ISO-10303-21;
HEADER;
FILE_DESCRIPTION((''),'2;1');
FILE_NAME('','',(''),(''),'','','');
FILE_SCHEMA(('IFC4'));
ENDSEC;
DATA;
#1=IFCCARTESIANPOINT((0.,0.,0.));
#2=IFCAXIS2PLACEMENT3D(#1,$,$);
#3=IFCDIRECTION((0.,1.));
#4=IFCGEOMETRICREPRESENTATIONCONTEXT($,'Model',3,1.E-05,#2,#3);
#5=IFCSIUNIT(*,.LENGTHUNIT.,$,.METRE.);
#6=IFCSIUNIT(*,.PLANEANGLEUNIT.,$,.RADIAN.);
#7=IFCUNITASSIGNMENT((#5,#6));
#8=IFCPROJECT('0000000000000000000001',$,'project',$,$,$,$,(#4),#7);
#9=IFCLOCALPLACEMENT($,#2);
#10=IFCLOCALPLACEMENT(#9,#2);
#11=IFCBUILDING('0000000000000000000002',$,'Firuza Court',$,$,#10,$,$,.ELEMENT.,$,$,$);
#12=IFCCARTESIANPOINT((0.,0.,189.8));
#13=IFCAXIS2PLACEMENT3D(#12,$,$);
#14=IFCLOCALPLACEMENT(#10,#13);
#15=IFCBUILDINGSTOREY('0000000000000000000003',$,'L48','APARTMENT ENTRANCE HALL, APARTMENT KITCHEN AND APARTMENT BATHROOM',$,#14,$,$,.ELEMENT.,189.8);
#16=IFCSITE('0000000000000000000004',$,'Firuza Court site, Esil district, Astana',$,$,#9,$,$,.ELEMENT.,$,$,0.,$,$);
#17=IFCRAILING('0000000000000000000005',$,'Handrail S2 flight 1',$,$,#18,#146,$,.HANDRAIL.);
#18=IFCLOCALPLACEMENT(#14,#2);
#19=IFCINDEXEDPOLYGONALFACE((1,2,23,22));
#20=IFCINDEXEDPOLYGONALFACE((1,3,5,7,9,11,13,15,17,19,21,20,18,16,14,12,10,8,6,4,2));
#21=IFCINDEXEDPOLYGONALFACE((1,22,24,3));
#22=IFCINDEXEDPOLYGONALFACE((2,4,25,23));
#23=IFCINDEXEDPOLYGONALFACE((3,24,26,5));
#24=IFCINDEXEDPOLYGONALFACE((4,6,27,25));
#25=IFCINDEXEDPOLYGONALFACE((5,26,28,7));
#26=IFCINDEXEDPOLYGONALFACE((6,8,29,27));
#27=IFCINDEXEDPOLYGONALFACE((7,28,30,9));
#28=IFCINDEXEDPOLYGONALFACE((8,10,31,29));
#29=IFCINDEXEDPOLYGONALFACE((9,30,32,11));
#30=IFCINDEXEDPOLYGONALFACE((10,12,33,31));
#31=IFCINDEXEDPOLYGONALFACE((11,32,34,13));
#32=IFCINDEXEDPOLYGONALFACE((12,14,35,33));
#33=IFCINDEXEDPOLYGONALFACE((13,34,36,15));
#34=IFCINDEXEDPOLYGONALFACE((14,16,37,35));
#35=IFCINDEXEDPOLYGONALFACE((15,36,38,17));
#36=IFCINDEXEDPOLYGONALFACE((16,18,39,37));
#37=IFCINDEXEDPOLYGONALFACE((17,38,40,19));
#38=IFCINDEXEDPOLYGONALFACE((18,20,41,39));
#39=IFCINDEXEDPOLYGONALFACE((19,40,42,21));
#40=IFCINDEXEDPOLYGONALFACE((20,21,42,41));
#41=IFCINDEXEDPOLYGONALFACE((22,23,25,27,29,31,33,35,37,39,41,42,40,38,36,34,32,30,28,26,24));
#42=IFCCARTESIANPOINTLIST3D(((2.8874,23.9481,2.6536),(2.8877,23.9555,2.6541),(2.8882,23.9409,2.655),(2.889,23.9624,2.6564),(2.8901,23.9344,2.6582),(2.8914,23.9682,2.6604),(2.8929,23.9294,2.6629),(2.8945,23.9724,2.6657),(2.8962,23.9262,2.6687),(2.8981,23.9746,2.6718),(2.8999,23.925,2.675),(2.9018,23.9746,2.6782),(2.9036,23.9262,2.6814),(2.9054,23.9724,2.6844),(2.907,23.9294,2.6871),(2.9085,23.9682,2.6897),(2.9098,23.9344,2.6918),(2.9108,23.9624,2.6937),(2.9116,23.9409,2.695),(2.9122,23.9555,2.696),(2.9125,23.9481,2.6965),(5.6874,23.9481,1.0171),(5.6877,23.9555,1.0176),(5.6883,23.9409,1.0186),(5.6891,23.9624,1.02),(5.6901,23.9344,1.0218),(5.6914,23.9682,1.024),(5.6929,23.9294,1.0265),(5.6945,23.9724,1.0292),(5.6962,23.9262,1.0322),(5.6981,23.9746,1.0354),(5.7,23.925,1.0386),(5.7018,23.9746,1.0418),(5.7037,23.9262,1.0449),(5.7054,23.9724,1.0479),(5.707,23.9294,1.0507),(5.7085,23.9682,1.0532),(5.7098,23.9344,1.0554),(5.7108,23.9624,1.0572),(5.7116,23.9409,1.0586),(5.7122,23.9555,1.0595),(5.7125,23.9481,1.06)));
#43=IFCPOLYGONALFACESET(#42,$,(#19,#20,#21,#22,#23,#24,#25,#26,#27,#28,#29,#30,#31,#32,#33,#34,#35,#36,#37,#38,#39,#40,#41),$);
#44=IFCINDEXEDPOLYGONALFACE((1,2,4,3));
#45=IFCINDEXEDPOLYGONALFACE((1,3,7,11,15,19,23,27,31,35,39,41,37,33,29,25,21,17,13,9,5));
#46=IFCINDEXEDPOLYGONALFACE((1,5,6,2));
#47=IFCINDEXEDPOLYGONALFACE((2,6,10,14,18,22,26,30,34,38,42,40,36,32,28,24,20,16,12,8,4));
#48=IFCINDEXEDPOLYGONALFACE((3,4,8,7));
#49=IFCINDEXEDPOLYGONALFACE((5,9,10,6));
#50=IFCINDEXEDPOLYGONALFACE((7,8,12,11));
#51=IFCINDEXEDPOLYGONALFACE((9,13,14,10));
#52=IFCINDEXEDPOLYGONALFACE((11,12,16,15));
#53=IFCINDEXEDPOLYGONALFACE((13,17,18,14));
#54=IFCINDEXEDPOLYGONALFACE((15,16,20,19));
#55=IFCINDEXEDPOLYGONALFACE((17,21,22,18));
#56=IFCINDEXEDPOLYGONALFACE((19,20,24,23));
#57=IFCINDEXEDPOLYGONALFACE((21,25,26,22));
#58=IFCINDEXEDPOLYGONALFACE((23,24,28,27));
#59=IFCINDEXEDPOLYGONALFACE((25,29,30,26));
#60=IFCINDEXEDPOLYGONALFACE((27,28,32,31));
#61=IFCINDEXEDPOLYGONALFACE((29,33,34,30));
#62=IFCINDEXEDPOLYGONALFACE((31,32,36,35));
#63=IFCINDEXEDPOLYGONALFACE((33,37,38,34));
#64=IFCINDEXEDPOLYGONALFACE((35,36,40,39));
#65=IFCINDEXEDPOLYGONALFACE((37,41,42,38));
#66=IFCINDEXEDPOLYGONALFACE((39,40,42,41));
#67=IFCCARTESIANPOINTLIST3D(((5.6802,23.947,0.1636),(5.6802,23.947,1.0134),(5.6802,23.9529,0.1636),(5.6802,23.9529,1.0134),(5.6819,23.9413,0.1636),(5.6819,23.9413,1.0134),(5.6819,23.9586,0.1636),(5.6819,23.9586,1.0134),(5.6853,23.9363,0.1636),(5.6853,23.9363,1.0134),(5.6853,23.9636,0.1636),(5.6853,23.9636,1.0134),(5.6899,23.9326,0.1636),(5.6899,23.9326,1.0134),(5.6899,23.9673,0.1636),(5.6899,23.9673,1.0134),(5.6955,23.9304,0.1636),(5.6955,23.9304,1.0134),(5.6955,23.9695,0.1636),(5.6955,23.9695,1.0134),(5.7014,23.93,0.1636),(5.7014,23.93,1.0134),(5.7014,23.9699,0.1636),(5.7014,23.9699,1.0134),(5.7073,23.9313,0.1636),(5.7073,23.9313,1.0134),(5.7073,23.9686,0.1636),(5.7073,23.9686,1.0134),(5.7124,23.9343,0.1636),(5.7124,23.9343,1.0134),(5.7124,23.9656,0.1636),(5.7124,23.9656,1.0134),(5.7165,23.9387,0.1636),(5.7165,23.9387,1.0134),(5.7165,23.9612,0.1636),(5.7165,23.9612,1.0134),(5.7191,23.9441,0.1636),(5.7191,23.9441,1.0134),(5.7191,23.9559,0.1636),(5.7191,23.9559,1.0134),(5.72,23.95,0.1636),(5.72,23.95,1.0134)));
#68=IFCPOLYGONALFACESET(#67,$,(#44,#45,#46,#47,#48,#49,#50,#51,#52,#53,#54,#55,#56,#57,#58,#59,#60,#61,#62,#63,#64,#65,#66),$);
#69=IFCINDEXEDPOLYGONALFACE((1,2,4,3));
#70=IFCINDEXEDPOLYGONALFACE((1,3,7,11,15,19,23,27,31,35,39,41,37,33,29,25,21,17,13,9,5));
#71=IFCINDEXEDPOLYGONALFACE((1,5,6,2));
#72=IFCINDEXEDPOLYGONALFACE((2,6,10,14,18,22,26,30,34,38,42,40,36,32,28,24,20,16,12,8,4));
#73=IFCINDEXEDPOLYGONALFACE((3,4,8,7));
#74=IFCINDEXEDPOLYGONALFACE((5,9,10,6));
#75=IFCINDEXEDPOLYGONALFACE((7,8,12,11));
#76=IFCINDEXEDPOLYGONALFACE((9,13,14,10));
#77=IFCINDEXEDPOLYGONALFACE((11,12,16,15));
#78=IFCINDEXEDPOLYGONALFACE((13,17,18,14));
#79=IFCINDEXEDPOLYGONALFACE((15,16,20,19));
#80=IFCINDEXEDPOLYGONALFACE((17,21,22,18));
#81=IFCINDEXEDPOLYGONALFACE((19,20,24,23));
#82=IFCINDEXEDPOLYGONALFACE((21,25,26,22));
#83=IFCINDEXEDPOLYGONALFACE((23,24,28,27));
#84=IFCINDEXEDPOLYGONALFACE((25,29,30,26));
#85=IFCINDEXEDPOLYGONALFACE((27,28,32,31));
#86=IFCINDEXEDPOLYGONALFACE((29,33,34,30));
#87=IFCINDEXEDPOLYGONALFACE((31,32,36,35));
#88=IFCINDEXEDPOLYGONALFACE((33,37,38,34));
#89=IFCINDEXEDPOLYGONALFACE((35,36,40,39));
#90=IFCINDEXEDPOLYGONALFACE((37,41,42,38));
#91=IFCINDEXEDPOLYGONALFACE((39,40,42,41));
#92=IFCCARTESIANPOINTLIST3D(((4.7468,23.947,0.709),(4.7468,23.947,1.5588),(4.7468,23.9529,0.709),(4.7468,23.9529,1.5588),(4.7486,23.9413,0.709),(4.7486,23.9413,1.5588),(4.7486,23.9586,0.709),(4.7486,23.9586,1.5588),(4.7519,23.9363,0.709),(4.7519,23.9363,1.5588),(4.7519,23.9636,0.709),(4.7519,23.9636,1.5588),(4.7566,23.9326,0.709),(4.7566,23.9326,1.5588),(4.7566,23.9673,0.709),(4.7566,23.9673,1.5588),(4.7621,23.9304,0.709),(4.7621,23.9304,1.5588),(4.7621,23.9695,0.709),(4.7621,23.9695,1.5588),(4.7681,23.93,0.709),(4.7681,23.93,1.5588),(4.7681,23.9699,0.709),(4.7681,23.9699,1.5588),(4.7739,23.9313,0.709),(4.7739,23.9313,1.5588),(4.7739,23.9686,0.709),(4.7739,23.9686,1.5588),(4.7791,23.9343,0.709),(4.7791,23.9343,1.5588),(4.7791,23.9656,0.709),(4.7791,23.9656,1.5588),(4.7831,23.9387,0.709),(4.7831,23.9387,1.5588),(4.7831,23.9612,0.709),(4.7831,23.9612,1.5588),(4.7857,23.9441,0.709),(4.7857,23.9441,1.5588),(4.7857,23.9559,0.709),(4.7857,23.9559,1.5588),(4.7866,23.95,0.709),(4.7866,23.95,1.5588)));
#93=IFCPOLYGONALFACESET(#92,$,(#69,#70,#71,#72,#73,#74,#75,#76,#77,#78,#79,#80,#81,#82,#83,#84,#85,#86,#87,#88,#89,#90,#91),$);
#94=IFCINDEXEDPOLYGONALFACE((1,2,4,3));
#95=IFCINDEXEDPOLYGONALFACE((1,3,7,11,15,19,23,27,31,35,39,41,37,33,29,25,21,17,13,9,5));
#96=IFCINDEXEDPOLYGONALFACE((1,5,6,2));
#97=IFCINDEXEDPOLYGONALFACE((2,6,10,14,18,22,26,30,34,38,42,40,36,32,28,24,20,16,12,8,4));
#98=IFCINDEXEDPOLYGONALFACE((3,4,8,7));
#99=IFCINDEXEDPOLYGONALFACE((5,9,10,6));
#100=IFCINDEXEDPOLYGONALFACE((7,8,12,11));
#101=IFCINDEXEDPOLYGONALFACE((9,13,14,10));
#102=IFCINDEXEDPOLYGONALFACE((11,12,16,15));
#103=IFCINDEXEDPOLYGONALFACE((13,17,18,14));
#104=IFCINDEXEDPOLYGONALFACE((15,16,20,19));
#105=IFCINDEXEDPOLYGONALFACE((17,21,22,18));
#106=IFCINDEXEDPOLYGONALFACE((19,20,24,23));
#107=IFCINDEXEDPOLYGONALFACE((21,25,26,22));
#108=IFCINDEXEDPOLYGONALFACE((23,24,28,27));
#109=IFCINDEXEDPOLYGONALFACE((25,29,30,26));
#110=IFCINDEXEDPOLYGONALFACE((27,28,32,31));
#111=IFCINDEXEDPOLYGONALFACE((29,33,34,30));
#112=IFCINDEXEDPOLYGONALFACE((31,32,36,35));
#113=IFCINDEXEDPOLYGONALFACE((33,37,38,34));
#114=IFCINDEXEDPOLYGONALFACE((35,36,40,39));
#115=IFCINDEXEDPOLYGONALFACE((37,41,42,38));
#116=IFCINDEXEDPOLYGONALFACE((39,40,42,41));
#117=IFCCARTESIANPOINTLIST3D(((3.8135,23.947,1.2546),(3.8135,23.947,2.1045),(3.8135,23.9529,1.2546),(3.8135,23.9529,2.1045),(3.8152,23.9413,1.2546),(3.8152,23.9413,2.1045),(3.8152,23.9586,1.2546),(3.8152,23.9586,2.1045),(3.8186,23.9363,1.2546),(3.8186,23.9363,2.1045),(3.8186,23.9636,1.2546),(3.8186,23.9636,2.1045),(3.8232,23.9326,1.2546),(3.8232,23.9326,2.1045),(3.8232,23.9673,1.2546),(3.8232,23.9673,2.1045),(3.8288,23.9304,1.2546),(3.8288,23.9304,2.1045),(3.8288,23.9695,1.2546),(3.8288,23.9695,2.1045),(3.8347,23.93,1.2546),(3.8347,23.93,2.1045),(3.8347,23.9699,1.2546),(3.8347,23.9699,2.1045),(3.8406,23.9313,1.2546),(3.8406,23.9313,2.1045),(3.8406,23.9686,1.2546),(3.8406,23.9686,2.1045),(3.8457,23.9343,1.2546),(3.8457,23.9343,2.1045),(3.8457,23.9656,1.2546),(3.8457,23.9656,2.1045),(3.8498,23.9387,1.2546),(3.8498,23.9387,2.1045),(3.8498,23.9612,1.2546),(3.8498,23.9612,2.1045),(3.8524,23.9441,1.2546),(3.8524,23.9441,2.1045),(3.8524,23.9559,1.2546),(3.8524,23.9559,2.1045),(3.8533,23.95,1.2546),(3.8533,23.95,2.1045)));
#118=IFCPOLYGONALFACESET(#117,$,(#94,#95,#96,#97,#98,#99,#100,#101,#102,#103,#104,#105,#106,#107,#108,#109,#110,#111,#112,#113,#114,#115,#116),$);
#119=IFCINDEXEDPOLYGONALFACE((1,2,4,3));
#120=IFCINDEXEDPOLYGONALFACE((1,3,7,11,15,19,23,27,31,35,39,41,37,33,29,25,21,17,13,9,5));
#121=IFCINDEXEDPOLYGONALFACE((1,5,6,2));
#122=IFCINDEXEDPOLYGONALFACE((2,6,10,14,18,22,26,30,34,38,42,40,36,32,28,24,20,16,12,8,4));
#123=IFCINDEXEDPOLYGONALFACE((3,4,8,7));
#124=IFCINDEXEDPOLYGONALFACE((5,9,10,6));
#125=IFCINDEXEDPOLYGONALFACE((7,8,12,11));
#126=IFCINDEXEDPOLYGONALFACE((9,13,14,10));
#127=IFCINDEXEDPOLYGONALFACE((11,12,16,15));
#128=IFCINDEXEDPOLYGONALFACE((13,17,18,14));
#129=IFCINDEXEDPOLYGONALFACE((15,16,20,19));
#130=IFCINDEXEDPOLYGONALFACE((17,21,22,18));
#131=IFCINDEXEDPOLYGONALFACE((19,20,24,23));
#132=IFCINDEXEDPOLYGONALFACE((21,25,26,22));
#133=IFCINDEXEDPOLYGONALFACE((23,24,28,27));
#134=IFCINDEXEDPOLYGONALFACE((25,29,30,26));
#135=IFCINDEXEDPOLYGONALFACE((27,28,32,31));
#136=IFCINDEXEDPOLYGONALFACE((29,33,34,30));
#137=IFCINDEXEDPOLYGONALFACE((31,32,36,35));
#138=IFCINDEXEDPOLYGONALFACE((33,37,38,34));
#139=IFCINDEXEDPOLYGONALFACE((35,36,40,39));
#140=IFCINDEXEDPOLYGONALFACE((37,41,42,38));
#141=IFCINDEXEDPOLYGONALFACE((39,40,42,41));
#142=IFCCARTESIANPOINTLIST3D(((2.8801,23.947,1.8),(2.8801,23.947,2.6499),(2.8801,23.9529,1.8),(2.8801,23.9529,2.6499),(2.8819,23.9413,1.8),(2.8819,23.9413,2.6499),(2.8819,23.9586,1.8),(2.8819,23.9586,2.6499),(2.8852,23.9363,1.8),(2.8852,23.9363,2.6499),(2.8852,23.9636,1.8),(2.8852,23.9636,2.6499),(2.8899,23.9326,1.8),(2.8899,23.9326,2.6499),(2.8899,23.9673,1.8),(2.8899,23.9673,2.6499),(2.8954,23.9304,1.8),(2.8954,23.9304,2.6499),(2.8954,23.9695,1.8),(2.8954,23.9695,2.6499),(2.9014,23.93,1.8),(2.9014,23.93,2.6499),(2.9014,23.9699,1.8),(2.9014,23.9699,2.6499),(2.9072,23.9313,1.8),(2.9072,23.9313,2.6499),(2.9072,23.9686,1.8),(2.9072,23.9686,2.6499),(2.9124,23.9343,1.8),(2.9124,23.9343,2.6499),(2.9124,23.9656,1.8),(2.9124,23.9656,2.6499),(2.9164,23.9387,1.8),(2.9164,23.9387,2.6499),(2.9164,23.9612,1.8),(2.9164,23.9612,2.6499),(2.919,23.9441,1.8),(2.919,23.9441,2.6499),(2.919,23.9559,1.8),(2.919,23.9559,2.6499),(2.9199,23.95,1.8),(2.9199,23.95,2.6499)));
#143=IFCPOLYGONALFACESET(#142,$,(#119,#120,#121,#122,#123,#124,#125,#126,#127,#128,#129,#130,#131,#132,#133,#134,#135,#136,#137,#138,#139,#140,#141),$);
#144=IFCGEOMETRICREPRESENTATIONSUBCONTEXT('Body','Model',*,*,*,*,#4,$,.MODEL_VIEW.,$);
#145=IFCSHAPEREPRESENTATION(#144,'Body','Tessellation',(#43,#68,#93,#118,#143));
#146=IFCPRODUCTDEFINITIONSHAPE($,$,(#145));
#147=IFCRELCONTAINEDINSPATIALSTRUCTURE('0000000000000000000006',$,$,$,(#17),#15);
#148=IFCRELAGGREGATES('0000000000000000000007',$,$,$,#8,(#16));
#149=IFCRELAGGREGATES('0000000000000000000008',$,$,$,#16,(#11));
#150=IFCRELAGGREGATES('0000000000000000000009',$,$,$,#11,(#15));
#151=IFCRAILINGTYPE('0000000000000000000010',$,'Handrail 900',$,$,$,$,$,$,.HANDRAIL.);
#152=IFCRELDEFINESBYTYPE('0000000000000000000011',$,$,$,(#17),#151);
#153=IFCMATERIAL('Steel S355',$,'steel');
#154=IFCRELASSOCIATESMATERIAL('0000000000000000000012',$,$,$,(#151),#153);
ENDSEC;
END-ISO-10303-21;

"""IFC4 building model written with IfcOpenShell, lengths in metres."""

from ifc_helpers import new_model, si_unit, direction, frame, origin, origin_2d, place, context, subcontext, project, spatial, circle, extrude, material, type_object, element, save


model = new_model("IFC4")

# Units and contexts
model_context = context("Model", 3, precision=1e-05, world=origin(), true_north=direction((0.0, 1.0)))
body_context = subcontext(model_context, "Body", "Model", "MODEL_VIEW")
ifc_project = project(units=[si_unit("LENGTHUNIT", "METRE"), si_unit("PLANEANGLEUNIT", "RADIAN")], contexts=[model_context])

# Site, building, storey
site_placement = place(None, origin())
site = spatial("IfcSite", under=ifc_project, at=site_placement, Name="Firuza Court site, Esil district, Astana", CompositionType="ELEMENT", RefElevation=0.0)
building_placement = place(site_placement, origin())
building = spatial("IfcBuilding", under=site, at=building_placement, Name="Firuza Court", CompositionType="ELEMENT")
storey_placement = place(building_placement, frame((0.0, 0.0, 189.8)))
storey = spatial("IfcBuildingStorey", under=building, at=storey_placement, Name="L48", Description="APARTMENT ENTRANCE HALL, APARTMENT KITCHEN AND APARTMENT BATHROOM", CompositionType="ELEMENT", Elevation=189.8)

# Railing
ifc_material_1 = material(Name="Steel S355", Category="steel")
railing_type_1 = type_object("IfcRailingType", Name="Handrail 900", PredefinedType="HANDRAIL", material=ifc_material_1)
railing_1_placement = place(storey_placement, frame((5.7, 23.95, 0.1636)))
element("IfcRailing", 1, at=railing_1_placement, inside=storey, type_object=railing_type_1, Name="Handrail S2 flight 1", PredefinedType="HANDRAIL", context=body_context, shape_type="SweptSolid", body=[
    extrude(circle(Radius=0.0249, at=origin_2d()), frame((0.0, 0.0, 0.875), z_axis=(-0.863361, 0.0, 0.504587), x_axis=(0.0, -1.0, 0.0)), (0.0, 0.0, 1.0), 3.2432),
    extrude(circle(Radius=0.02, at=origin_2d()), origin(), (0.0, 0.0, 1.0), 0.8499),
    extrude(circle(Radius=0.02, at=origin_2d()), frame((-0.9333, 0.0, 0.5454)), (0.0, 0.0, 1.0), 0.8499),
    extrude(circle(Radius=0.02, at=origin_2d()), frame((-1.8667, 0.0, 1.0911)), (0.0, 0.0, 1.0), 0.8499),
    extrude(circle(Radius=0.02, at=origin_2d()), frame((-2.8, 0.0, 1.6365)), (0.0, 0.0, 1.0), 0.8499),
])

save(model, "model.ifc")
